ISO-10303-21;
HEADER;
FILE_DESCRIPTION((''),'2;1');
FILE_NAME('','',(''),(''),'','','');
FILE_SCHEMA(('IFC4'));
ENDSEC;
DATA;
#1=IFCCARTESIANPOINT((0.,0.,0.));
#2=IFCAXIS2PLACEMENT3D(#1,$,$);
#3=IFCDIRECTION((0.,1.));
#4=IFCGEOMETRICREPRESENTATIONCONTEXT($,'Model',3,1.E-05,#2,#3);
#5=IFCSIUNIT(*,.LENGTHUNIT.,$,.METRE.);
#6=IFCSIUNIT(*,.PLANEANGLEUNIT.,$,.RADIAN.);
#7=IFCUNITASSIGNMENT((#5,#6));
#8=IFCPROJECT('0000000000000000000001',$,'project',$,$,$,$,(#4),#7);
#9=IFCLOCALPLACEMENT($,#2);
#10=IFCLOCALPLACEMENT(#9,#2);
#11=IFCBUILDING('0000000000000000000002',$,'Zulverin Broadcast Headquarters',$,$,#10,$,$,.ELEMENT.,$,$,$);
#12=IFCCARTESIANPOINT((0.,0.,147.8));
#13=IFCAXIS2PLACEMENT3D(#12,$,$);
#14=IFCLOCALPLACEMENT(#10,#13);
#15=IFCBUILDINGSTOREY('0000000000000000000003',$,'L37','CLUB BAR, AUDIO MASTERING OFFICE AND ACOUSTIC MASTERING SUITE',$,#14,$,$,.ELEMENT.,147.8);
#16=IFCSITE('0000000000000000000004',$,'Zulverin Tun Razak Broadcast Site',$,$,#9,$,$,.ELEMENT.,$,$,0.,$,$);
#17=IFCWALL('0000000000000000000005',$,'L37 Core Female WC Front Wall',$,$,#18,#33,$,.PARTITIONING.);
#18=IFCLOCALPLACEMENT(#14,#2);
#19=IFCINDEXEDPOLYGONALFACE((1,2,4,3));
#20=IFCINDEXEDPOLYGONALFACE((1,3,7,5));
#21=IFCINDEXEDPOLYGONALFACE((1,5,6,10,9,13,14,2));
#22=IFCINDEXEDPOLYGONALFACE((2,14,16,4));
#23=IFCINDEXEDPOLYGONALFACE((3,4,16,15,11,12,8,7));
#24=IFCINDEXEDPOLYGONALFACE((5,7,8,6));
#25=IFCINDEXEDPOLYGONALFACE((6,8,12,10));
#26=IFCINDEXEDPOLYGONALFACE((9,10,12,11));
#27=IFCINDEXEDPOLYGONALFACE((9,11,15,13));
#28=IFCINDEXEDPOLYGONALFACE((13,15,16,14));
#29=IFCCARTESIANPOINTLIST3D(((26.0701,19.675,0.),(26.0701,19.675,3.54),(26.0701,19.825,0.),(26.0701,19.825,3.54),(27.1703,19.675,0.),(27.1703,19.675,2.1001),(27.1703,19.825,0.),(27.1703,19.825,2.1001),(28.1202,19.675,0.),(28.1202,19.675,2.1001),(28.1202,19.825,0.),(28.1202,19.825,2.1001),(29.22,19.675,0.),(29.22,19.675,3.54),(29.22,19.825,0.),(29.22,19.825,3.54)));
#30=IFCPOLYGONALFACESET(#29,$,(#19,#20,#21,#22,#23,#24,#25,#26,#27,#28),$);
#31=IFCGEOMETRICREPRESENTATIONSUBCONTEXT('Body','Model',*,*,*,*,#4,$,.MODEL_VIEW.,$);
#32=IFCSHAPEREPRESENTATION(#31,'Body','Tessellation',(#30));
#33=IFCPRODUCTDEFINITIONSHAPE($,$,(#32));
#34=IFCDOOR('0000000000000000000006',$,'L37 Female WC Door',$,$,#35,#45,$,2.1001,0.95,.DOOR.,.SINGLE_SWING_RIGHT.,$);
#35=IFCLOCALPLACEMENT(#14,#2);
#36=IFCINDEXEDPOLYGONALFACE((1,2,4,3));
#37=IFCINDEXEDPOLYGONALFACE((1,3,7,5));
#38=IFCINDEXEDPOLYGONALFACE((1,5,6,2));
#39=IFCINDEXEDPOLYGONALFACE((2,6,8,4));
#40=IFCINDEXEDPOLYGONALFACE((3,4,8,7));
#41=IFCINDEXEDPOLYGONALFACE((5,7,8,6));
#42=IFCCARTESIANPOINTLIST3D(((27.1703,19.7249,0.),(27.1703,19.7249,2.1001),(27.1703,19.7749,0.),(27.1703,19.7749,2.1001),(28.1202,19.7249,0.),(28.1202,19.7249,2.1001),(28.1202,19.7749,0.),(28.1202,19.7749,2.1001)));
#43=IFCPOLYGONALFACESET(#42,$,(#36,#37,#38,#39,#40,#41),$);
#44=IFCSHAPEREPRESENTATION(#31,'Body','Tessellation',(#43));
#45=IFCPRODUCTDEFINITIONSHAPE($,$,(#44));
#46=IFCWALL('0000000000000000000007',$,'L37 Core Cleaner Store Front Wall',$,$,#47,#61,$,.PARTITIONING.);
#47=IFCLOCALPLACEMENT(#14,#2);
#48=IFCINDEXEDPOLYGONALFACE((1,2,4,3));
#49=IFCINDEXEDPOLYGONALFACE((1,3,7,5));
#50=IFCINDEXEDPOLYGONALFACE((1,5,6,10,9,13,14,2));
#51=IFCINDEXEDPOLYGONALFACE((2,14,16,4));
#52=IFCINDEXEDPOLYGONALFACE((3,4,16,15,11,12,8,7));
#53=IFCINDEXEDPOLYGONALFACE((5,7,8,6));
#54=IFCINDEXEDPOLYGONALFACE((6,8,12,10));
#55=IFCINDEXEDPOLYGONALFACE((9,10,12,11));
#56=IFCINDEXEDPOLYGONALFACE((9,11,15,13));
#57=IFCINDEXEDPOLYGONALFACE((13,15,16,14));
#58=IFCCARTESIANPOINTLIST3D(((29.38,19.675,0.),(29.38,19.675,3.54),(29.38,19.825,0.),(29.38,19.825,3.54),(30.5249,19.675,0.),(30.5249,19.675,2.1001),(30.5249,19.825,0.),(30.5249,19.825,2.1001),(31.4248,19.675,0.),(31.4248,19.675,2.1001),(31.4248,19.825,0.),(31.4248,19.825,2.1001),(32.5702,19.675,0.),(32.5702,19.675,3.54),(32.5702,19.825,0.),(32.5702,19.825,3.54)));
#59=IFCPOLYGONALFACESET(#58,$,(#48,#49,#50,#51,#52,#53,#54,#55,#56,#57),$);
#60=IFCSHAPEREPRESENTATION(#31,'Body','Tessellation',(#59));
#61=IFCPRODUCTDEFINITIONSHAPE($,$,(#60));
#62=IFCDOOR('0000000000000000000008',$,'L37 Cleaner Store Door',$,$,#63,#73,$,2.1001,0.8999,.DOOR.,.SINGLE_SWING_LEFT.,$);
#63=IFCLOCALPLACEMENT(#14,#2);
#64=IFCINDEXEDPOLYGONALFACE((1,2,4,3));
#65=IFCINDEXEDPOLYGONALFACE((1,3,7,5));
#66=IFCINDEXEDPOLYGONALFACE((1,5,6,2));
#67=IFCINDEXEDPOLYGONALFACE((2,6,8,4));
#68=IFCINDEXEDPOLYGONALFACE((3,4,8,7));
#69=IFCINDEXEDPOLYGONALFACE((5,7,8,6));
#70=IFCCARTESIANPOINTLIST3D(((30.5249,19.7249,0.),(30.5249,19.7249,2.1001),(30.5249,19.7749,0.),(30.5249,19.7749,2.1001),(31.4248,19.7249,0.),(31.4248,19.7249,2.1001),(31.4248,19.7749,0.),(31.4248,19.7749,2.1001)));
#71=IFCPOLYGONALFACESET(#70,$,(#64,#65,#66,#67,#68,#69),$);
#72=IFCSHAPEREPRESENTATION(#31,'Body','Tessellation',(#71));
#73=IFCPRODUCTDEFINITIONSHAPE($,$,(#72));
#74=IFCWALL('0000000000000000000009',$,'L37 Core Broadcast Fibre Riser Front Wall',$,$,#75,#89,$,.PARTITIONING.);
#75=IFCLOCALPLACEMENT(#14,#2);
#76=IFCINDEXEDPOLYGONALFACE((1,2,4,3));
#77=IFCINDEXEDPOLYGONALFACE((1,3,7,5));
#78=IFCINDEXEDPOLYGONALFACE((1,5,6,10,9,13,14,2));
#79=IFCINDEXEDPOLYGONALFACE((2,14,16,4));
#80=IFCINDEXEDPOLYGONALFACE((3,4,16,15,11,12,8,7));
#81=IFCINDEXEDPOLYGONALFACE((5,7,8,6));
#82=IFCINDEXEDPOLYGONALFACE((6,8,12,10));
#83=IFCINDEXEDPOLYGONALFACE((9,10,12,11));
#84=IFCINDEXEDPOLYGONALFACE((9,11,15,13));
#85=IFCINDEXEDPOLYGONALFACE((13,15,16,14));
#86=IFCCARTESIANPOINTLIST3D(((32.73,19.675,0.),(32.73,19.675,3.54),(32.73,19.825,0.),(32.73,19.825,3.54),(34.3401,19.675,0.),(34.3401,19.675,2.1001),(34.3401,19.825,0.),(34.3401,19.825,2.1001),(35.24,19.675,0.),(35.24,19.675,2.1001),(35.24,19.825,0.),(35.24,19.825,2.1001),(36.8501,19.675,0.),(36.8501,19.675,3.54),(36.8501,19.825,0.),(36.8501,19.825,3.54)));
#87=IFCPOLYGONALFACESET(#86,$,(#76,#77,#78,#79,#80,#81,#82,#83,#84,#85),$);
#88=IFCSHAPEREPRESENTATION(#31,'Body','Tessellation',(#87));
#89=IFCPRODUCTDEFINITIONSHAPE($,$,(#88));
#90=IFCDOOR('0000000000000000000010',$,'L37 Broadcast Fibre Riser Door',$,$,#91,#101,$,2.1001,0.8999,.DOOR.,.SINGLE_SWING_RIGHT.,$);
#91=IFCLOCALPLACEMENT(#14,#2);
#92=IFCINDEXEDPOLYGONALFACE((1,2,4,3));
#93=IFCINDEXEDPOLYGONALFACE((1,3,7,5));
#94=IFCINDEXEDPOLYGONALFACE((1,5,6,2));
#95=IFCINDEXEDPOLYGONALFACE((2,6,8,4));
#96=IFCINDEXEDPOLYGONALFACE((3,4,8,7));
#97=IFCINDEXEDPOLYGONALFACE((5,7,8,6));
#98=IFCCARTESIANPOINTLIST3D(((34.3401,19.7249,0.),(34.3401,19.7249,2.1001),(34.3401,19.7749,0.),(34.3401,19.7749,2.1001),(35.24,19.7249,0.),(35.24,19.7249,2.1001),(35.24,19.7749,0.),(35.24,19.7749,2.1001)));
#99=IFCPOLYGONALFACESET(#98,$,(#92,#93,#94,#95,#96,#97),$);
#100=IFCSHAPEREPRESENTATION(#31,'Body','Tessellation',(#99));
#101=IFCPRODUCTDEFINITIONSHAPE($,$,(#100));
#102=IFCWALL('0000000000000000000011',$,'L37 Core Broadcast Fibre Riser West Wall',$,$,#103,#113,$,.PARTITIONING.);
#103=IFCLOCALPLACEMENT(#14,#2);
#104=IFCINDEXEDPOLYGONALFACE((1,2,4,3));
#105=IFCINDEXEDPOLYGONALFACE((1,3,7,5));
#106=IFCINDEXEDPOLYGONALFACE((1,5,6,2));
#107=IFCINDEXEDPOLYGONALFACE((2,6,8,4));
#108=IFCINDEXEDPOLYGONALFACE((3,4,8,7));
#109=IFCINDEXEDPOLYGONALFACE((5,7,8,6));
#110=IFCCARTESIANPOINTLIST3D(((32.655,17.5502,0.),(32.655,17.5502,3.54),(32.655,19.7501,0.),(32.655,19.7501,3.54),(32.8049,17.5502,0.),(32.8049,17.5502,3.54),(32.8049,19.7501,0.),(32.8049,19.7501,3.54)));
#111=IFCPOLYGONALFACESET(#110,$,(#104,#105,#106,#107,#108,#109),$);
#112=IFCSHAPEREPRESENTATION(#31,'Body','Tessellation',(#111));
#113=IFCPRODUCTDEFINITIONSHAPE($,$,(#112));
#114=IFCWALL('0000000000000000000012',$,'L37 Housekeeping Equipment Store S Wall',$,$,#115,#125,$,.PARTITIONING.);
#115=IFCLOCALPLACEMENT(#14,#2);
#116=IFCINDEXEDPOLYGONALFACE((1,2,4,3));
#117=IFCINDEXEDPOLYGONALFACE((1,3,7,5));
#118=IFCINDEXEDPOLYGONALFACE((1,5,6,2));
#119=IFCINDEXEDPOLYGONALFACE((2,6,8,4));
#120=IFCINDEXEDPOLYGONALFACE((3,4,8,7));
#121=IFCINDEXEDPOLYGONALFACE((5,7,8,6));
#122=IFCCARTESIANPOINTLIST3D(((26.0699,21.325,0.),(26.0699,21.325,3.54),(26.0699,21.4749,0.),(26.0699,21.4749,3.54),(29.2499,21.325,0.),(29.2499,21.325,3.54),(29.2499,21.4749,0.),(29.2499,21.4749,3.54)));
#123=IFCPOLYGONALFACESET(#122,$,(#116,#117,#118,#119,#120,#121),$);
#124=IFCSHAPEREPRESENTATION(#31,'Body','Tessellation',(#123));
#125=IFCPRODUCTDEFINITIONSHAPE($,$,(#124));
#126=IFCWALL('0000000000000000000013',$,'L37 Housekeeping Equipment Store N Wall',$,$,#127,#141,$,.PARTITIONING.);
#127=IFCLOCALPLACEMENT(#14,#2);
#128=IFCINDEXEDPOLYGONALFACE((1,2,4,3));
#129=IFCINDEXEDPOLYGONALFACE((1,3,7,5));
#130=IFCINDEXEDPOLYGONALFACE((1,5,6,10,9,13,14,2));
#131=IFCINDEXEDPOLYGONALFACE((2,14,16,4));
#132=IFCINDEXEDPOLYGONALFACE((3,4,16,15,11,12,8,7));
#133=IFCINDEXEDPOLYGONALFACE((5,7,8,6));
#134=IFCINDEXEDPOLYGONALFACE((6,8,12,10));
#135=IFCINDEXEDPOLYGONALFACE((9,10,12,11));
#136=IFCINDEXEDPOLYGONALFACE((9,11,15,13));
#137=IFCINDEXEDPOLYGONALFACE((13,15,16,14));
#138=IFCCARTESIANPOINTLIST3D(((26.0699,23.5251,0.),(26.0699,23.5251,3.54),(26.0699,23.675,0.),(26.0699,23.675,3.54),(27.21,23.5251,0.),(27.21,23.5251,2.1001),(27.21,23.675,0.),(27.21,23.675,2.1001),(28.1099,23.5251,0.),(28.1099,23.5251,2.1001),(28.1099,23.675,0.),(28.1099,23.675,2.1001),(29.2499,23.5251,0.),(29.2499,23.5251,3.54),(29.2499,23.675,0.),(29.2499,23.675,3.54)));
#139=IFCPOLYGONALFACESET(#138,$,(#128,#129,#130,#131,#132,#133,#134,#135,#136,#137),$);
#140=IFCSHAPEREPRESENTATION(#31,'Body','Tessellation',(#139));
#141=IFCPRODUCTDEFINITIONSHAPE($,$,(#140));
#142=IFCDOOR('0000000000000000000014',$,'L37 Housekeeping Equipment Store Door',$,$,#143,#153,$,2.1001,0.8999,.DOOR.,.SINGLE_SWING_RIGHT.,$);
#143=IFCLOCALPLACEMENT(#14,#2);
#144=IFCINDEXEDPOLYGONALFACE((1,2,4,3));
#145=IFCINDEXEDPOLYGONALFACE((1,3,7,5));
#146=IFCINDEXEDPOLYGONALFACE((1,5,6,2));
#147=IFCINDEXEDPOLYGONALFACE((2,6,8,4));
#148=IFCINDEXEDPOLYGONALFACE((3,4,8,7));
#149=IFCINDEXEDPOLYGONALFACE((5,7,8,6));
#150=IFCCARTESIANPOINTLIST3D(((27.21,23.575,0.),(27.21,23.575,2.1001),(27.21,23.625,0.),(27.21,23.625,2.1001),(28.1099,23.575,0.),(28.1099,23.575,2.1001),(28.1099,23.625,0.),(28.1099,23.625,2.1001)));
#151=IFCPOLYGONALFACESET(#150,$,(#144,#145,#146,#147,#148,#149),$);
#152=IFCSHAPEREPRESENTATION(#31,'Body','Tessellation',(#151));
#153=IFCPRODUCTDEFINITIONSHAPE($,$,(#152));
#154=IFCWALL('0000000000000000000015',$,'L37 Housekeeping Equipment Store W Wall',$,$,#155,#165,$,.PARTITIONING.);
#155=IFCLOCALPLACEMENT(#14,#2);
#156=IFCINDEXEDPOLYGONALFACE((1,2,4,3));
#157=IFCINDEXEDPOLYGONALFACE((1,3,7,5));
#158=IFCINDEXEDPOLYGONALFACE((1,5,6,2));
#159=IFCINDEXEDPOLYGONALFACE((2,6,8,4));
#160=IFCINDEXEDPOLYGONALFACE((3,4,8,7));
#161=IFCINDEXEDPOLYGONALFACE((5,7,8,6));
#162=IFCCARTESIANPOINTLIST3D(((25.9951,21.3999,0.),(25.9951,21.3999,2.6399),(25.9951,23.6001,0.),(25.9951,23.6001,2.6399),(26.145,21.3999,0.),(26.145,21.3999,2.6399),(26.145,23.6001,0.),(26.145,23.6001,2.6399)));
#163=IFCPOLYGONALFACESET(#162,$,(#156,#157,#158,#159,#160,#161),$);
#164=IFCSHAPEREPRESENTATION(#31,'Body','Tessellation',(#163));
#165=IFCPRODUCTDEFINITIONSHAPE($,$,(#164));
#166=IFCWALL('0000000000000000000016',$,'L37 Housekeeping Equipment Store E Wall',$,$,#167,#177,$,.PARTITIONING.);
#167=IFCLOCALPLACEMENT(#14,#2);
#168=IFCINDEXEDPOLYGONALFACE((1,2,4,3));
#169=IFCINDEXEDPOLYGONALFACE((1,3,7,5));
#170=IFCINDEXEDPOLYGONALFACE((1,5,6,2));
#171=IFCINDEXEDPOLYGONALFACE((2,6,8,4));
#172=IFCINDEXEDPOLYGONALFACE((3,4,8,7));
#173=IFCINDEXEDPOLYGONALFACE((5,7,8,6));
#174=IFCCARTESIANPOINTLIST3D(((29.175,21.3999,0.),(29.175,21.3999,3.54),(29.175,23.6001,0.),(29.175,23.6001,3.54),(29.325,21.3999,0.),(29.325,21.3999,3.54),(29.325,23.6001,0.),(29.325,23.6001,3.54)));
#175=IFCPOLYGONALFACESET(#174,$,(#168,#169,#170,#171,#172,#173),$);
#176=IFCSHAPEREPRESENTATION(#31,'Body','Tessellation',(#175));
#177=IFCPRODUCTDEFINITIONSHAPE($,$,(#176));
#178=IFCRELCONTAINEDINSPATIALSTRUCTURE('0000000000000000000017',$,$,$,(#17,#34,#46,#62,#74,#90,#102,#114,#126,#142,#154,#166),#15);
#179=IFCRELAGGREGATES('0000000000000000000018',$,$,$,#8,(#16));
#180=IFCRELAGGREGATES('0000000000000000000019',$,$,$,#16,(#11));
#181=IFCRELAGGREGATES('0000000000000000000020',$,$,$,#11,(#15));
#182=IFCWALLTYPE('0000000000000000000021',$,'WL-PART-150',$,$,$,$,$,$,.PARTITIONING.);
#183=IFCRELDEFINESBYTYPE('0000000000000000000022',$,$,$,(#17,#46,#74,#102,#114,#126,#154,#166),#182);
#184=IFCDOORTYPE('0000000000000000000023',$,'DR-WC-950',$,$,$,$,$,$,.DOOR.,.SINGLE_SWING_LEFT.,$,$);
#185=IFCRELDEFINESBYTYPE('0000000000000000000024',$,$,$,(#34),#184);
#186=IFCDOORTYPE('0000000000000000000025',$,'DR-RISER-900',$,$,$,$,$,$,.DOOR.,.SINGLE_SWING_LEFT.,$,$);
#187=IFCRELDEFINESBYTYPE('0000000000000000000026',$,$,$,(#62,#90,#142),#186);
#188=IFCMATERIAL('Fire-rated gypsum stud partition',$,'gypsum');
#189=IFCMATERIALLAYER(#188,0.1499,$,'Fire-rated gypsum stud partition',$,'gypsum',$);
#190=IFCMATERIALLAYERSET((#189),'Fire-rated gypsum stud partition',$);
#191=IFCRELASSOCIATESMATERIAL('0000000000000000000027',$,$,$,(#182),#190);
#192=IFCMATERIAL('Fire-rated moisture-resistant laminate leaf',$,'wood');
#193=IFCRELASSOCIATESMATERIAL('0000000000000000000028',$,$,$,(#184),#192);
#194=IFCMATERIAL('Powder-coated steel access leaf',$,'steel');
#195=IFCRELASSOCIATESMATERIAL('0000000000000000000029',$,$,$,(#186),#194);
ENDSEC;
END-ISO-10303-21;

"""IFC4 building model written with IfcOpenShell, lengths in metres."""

from ifc_helpers import new_model, si_unit, direction, frame, frame_2d, origin, place, context, subcontext, project, spatial, rectangle, extrude, material, layer, layer_set, type_object, element, fill, save


model = new_model("IFC4")

# Units and contexts
model_context = context("Model", 3, precision=1e-05, world=origin(), true_north=direction((0.0, 1.0)))
body_context = subcontext(model_context, "Body", "Model", "MODEL_VIEW")
ifc_project = project(units=[si_unit("LENGTHUNIT", "METRE"), si_unit("PLANEANGLEUNIT", "RADIAN")], contexts=[model_context])

# Site, building, storey
site_placement = place(None, origin())
site = spatial("IfcSite", under=ifc_project, at=site_placement, Name="Zulverin Tun Razak Broadcast Site", CompositionType="ELEMENT", RefElevation=0.0)
building_placement = place(site_placement, origin())
building = spatial("IfcBuilding", under=site, at=building_placement, Name="Zulverin Broadcast Headquarters", CompositionType="ELEMENT")
storey_placement = place(building_placement, frame((0.0, 0.0, 147.8)))
storey = spatial("IfcBuildingStorey", under=building, at=storey_placement, Name="L37", Description="CLUB BAR, AUDIO MASTERING OFFICE AND ACOUSTIC MASTERING SUITE", CompositionType="ELEMENT", Elevation=147.8)

# Walls, openings, doors
ifc_material_1 = material(Name="Fire-rated gypsum stud partition", Category="gypsum")
ifc_layer_1 = layer(ifc_material_1, 0.1499, Name="Fire-rated gypsum stud partition", Category="gypsum")
ifc_layer_set_1 = layer_set([ifc_layer_1], Name="Fire-rated gypsum stud partition")
wall_type_1 = type_object("IfcWallType", Name="WL-PART-150", PredefinedType="PARTITIONING", material=ifc_layer_set_1)
wall_1_placement = place(storey_placement, frame((26.0701, 19.75, 0.0), z_axis=(0.0, 0.0, 1.0), x_axis=(1.0, 0.0, 0.0)))
wall_1 = element("IfcWall", 1, at=wall_1_placement, inside=storey, type_object=wall_type_1, Name="L37 Core Female WC Front Wall", PredefinedType="PARTITIONING", context=body_context, shape_type="SweptSolid", body=[
    extrude(rectangle(XDim=3.1499, YDim=0.1499, at=frame_2d((1.575, 0.0))), origin(), (0.0, 0.0, 1.0), 3.54),
])
opening_1_placement = place(wall_1_placement, frame((1.1001, 0.0, 0.0)))
opening_1 = element("IfcOpeningElement", 2, at=opening_1_placement, cuts=wall_1, PredefinedType="OPENING", context=body_context, shape_type="SweptSolid", body=[
    extrude(rectangle(XDim=0.95, YDim=2.1001, at=frame_2d((0.4751, 1.05))), frame((0.0, 0.085, 0.0), z_axis=(0.0, -1.0, 0.0), x_axis=(1.0, 0.0, 0.0)), (0.0, 0.0, 1.0), 0.1699),
])
ifc_material_2 = material(Name="Fire-rated moisture-resistant laminate leaf", Category="wood")
door_type_1 = type_object("IfcDoorType", Name="DR-WC-950", OperationType="SINGLE_SWING_LEFT", PredefinedType="DOOR", material=ifc_material_2)
door_1_placement = place(opening_1_placement, origin())
door_1 = element("IfcDoor", 3, at=door_1_placement, inside=storey, type_object=door_type_1, Name="L37 Female WC Door", OperationType="SINGLE_SWING_RIGHT", OverallHeight=2.1001, OverallWidth=0.95, PredefinedType="DOOR", context=body_context, shape_type="SweptSolid", body=[
    extrude(rectangle(XDim=0.95, YDim=2.1001, at=frame_2d((0.4751, 1.05))), frame((0.0, 0.0249, 0.0), z_axis=(0.0, -1.0, 0.0), x_axis=(1.0, 0.0, 0.0)), (0.0, 0.0, 1.0), 0.05),
])
fill(opening_1, door_1)
wall_2_placement = place(storey_placement, frame((29.3799, 19.75, 0.0), z_axis=(0.0, 0.0, 1.0), x_axis=(1.0, 0.0, 0.0)))
wall_2 = element("IfcWall", 4, at=wall_2_placement, inside=storey, type_object=wall_type_1, Name="L37 Core Cleaner Store Front Wall", PredefinedType="PARTITIONING", context=body_context, shape_type="SweptSolid", body=[
    extrude(rectangle(XDim=3.1902, YDim=0.1499, at=frame_2d((1.5952, 0.0))), origin(), (0.0, 0.0, 1.0), 3.54),
])
opening_2_placement = place(wall_2_placement, frame((1.145, 0.0, 0.0)))
opening_2 = element("IfcOpeningElement", 5, at=opening_2_placement, cuts=wall_2, PredefinedType="OPENING", context=body_context, shape_type="SweptSolid", body=[
    extrude(rectangle(XDim=0.8999, YDim=2.1001, at=frame_2d((0.45, 1.05))), frame((0.0, 0.085, 0.0), z_axis=(0.0, -1.0, 0.0), x_axis=(1.0, 0.0, 0.0)), (0.0, 0.0, 1.0), 0.1699),
])
ifc_material_3 = material(Name="Powder-coated steel access leaf", Category="steel")
door_type_2 = type_object("IfcDoorType", Name="DR-RISER-900", OperationType="SINGLE_SWING_LEFT", PredefinedType="DOOR", material=ifc_material_3)
door_2_placement = place(opening_2_placement, origin())
door_2 = element("IfcDoor", 6, at=door_2_placement, inside=storey, type_object=door_type_2, Name="L37 Cleaner Store Door", OperationType="SINGLE_SWING_LEFT", OverallHeight=2.1001, OverallWidth=0.8999, PredefinedType="DOOR", context=body_context, shape_type="SweptSolid", body=[
    extrude(rectangle(XDim=0.8999, YDim=2.1001, at=frame_2d((0.45, 1.05))), frame((0.0, 0.0249, 0.0), z_axis=(0.0, -1.0, 0.0), x_axis=(1.0, 0.0, 0.0)), (0.0, 0.0, 1.0), 0.05),
])
fill(opening_2, door_2)
wall_3_placement = place(storey_placement, frame((32.73, 19.75, 0.0), z_axis=(0.0, 0.0, 1.0), x_axis=(1.0, 0.0, 0.0)))
wall_3 = element("IfcWall", 7, at=wall_3_placement, inside=storey, type_object=wall_type_1, Name="L37 Core Broadcast Fibre Riser Front Wall", PredefinedType="PARTITIONING", context=body_context, shape_type="SweptSolid", body=[
    extrude(rectangle(XDim=4.1201, YDim=0.1499, at=frame_2d((2.0601, 0.0))), origin(), (0.0, 0.0, 1.0), 3.54),
])
opening_3_placement = place(wall_3_placement, frame((1.6101, 0.0, 0.0)))
opening_3 = element("IfcOpeningElement", 8, at=opening_3_placement, cuts=wall_3, PredefinedType="OPENING", context=body_context, shape_type="SweptSolid", body=[
    extrude(rectangle(XDim=0.8999, YDim=2.1001, at=frame_2d((0.45, 1.05))), frame((0.0, 0.085, 0.0), z_axis=(0.0, -1.0, 0.0), x_axis=(1.0, 0.0, 0.0)), (0.0, 0.0, 1.0), 0.1699),
])
door_3_placement = place(opening_3_placement, origin())
door_3 = element("IfcDoor", 9, at=door_3_placement, inside=storey, type_object=door_type_2, Name="L37 Broadcast Fibre Riser Door", OperationType="SINGLE_SWING_RIGHT", OverallHeight=2.1001, OverallWidth=0.8999, PredefinedType="DOOR", context=body_context, shape_type="SweptSolid", body=[
    extrude(rectangle(XDim=0.8999, YDim=2.1001, at=frame_2d((0.45, 1.05))), frame((0.0, 0.0249, 0.0), z_axis=(0.0, -1.0, 0.0), x_axis=(1.0, 0.0, 0.0)), (0.0, 0.0, 1.0), 0.05),
])
fill(opening_3, door_3)

# Walls
wall_4_placement = place(storey_placement, frame((32.73, 17.55, 0.0), z_axis=(0.0, 0.0, 1.0), x_axis=(0.0, 1.0, 0.0)))
element("IfcWall", 10, at=wall_4_placement, inside=storey, type_object=wall_type_1, Name="L37 Core Broadcast Fibre Riser West Wall", PredefinedType="PARTITIONING", context=body_context, shape_type="SweptSolid", body=[
    extrude(rectangle(XDim=2.2, YDim=0.1499, at=frame_2d((1.1001, 0.0))), origin(), (0.0, 0.0, 1.0), 3.54),
])
wall_5_placement = place(storey_placement, frame((26.0701, 21.3999, 0.0), z_axis=(0.0, 0.0, 1.0), x_axis=(1.0, 0.0, 0.0)))
element("IfcWall", 11, at=wall_5_placement, inside=storey, type_object=wall_type_1, Name="L37 Housekeeping Equipment Store S Wall", PredefinedType="PARTITIONING", context=body_context, shape_type="SweptSolid", body=[
    extrude(rectangle(XDim=3.1799, YDim=0.1499, at=frame_2d((1.5898, 0.0))), origin(), (0.0, 0.0, 1.0), 3.54),
])

# Wall, opening, door
wall_6_placement = place(storey_placement, frame((26.0701, 23.6001, 0.0), z_axis=(0.0, 0.0, 1.0), x_axis=(1.0, 0.0, 0.0)))
wall_6 = element("IfcWall", 12, at=wall_6_placement, inside=storey, type_object=wall_type_1, Name="L37 Housekeeping Equipment Store N Wall", PredefinedType="PARTITIONING", context=body_context, shape_type="SweptSolid", body=[
    extrude(rectangle(XDim=3.1799, YDim=0.1499, at=frame_2d((1.5898, 0.0))), origin(), (0.0, 0.0, 1.0), 3.54),
])
opening_4_placement = place(wall_6_placement, frame((1.1399, 0.0, 0.0)))
opening_4 = element("IfcOpeningElement", 13, at=opening_4_placement, cuts=wall_6, PredefinedType="OPENING", context=body_context, shape_type="SweptSolid", body=[
    extrude(rectangle(XDim=0.8999, YDim=2.1001, at=frame_2d((0.45, 1.05))), frame((0.0, 0.085, 0.0), z_axis=(0.0, -1.0, 0.0), x_axis=(1.0, 0.0, 0.0)), (0.0, 0.0, 1.0), 0.1699),
])
door_4_placement = place(opening_4_placement, origin())
door_4 = element("IfcDoor", 14, at=door_4_placement, inside=storey, type_object=door_type_2, Name="L37 Housekeeping Equipment Store Door", OperationType="SINGLE_SWING_RIGHT", OverallHeight=2.1001, OverallWidth=0.8999, PredefinedType="DOOR", context=body_context, shape_type="SweptSolid", body=[
    extrude(rectangle(XDim=0.8999, YDim=2.1001, at=frame_2d((0.45, 1.05))), frame((0.0, 0.0249, 0.0), z_axis=(0.0, -1.0, 0.0), x_axis=(1.0, 0.0, 0.0)), (0.0, 0.0, 1.0), 0.05),
])
fill(opening_4, door_4)

# Walls
wall_7_placement = place(storey_placement, frame((26.0701, 21.3999, 0.0), z_axis=(0.0, 0.0, 1.0), x_axis=(0.0, 1.0, 0.0)))
element("IfcWall", 15, at=wall_7_placement, inside=storey, type_object=wall_type_1, Name="L37 Housekeeping Equipment Store W Wall", PredefinedType="PARTITIONING", context=body_context, shape_type="SweptSolid", body=[
    extrude(rectangle(XDim=2.2002, YDim=0.1499, at=frame_2d((1.1001, 0.0))), origin(), (0.0, 0.0, 1.0), 2.6399),
])
wall_8_placement = place(storey_placement, frame((29.25, 21.3999, 0.0), z_axis=(0.0, 0.0, 1.0), x_axis=(0.0, 1.0, 0.0)))
element("IfcWall", 16, at=wall_8_placement, inside=storey, type_object=wall_type_1, Name="L37 Housekeeping Equipment Store E Wall", PredefinedType="PARTITIONING", context=body_context, shape_type="SweptSolid", body=[
    extrude(rectangle(XDim=2.2002, YDim=0.1499, at=frame_2d((1.1001, 0.0))), origin(), (0.0, 0.0, 1.0), 3.54),
])

save(model, "model.ifc")
